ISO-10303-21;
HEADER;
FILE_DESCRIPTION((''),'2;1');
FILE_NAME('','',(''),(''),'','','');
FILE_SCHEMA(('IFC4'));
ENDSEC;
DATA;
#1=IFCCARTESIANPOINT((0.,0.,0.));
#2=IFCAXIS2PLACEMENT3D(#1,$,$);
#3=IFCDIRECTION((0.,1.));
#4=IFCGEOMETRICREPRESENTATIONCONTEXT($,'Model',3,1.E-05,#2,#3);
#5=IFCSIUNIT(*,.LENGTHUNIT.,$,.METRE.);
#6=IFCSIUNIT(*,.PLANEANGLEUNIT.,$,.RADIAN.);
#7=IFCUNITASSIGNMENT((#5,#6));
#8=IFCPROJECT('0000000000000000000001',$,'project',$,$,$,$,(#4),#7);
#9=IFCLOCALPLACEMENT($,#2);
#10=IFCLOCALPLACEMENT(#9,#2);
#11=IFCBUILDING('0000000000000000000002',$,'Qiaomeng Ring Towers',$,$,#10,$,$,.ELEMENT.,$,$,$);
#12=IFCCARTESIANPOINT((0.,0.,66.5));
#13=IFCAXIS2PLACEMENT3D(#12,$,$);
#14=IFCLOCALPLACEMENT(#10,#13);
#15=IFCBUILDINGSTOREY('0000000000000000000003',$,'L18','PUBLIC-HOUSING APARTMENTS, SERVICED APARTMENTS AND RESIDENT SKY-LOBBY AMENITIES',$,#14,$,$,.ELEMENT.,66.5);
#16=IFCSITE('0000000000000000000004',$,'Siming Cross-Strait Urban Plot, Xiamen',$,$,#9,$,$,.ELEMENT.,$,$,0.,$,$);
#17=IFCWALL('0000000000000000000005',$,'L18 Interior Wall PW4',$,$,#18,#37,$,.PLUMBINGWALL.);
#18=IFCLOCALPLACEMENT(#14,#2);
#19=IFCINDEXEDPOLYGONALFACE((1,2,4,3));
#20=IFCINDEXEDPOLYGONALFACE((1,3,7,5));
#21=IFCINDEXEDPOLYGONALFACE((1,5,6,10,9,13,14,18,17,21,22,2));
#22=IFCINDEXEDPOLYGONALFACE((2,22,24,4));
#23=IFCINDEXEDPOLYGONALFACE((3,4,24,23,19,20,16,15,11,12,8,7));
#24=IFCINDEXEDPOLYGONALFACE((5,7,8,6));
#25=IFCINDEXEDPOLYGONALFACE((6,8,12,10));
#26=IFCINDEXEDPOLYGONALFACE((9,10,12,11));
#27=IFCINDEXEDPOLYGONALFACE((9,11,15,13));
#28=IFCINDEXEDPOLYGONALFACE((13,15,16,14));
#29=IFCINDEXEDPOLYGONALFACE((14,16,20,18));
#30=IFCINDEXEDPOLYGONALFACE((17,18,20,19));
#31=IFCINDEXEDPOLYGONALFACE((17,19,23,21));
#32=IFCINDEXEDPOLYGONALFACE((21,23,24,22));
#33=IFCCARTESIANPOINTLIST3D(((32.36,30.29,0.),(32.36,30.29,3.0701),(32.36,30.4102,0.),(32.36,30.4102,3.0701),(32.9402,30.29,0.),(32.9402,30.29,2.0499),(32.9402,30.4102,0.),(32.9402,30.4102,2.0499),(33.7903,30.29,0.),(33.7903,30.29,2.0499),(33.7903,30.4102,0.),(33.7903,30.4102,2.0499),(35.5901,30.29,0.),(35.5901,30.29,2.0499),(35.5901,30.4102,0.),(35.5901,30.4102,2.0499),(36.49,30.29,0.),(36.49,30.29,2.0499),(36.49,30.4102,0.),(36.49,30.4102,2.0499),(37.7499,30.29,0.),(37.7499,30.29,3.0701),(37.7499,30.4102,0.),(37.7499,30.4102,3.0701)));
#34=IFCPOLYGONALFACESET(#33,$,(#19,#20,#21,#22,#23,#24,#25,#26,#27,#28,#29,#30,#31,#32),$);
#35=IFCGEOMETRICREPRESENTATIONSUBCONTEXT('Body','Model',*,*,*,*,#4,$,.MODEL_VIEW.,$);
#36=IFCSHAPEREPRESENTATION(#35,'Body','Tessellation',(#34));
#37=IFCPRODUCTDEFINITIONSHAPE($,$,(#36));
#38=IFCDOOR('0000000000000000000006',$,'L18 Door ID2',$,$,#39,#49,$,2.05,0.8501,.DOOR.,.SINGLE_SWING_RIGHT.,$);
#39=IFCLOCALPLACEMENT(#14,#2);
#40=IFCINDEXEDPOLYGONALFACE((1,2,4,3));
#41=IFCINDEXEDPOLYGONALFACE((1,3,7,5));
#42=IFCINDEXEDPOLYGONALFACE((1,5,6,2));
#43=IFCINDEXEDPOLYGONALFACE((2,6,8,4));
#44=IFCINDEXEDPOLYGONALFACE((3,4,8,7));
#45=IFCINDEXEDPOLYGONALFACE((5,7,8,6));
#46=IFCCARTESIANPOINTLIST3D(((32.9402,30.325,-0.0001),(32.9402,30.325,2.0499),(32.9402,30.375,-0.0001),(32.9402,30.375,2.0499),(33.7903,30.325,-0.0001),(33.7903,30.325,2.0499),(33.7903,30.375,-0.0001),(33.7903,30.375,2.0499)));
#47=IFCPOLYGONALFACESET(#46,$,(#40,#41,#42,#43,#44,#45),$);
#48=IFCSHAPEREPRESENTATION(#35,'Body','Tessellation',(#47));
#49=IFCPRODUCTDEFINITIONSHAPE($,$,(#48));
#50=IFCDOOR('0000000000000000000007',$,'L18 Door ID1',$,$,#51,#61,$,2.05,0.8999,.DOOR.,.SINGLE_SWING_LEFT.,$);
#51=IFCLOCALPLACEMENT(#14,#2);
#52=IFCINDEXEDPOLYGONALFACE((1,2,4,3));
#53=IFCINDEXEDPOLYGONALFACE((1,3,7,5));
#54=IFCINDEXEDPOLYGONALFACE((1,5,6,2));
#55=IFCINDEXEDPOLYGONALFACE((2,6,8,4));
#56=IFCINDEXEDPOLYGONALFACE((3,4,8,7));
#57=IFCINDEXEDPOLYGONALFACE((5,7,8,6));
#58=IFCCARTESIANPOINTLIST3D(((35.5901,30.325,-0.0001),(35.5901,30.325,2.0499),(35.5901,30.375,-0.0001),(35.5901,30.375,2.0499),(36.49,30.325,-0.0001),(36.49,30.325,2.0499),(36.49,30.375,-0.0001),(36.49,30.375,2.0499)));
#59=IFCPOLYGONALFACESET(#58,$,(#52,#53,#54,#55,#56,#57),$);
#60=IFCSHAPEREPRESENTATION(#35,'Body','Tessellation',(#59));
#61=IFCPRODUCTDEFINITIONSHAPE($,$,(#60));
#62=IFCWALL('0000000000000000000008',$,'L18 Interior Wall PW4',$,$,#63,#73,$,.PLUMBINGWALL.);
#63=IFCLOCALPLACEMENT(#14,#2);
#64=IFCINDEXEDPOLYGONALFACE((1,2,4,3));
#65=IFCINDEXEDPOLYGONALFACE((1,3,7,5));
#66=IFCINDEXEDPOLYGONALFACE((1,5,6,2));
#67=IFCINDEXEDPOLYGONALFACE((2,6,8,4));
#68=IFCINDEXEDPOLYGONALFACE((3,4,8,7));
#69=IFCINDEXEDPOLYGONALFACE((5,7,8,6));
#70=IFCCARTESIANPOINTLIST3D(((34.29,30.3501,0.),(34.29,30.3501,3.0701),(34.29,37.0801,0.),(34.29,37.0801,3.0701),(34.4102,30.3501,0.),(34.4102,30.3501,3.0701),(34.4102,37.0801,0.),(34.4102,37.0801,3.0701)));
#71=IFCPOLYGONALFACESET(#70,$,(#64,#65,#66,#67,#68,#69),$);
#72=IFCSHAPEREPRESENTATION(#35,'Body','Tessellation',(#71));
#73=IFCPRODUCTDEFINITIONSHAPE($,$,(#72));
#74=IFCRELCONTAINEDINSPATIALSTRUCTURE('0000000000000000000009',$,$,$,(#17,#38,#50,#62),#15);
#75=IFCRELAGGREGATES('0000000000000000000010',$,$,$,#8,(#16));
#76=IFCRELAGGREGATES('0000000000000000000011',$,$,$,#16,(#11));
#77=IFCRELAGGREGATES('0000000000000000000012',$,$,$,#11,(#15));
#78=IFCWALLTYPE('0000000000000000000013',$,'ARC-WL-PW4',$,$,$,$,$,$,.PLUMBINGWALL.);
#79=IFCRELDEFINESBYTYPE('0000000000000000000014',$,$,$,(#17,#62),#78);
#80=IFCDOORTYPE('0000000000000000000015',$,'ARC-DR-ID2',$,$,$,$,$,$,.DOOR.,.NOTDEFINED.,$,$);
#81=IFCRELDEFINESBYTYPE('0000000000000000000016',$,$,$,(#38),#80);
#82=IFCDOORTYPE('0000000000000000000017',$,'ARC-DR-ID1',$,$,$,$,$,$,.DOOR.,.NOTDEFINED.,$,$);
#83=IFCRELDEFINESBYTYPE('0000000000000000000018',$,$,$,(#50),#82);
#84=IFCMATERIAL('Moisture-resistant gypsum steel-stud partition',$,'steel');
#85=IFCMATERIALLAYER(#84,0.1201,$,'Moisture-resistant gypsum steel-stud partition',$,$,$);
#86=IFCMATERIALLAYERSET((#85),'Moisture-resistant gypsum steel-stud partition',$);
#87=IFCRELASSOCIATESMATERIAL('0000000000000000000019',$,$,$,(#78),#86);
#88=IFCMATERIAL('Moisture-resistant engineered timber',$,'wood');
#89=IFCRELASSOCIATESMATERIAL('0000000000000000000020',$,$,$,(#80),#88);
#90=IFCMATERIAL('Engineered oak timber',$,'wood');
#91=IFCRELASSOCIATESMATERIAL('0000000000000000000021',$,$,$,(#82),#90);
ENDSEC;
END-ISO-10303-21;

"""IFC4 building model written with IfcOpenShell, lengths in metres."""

from ifc_helpers import new_model, si_unit, direction, frame, frame_2d, origin, place, context, subcontext, project, spatial, rectangle, extrude, source, transform, mapped, material, layer, layer_set, type_object, element, fill, save


model = new_model("IFC4")

# Units and contexts
model_context = context("Model", 3, precision=1e-05, world=origin(), true_north=direction((0.0, 1.0)))
body_context = subcontext(model_context, "Body", "Model", "MODEL_VIEW")
ifc_project = project(units=[si_unit("LENGTHUNIT", "METRE"), si_unit("PLANEANGLEUNIT", "RADIAN")], contexts=[model_context])

# Site, building, storey
site_placement = place(None, origin())
site = spatial("IfcSite", under=ifc_project, at=site_placement, Name="Siming Cross-Strait Urban Plot, Xiamen", CompositionType="ELEMENT", RefElevation=0.0)
building_placement = place(site_placement, origin())
building = spatial("IfcBuilding", under=site, at=building_placement, Name="Qiaomeng Ring Towers", CompositionType="ELEMENT")
storey_placement = place(building_placement, frame((0.0, 0.0, 66.5)))
storey = spatial("IfcBuildingStorey", under=building, at=storey_placement, Name="L18", Description="PUBLIC-HOUSING APARTMENTS, SERVICED APARTMENTS AND RESIDENT SKY-LOBBY AMENITIES", CompositionType="ELEMENT", Elevation=66.5)

# Wall, openings, doors
ifc_material_1 = material(Name="Moisture-resistant gypsum steel-stud partition", Category="steel")
ifc_layer_1 = layer(ifc_material_1, 0.1201, Name="Moisture-resistant gypsum steel-stud partition")
ifc_layer_set_1 = layer_set([ifc_layer_1], Name="Moisture-resistant gypsum steel-stud partition")
wall_type_1 = type_object("IfcWallType", Name="ARC-WL-PW4", PredefinedType="PLUMBINGWALL", material=ifc_layer_set_1)
wall_1_placement = place(storey_placement, frame((32.3601, 30.3501, 0.0), z_axis=(0.0, 0.0, 1.0), x_axis=(1.0, 0.0, 0.0)))
wall_1 = element("IfcWall", 1, at=wall_1_placement, inside=storey, type_object=wall_type_1, Name="L18 Interior Wall PW4", PredefinedType="PLUMBINGWALL", context=body_context, shape_type="SweptSolid", body=[
    extrude(rectangle(XDim=5.3899, YDim=0.1201, at=frame_2d((2.6948, 0.0))), origin(), (0.0, 0.0, 1.0), 3.0701),
])
opening_1_placement = place(wall_1_placement, frame((0.5801, 0.0, 0.0)))
opening_1 = element("IfcOpeningElement", 2, at=opening_1_placement, cuts=wall_1, PredefinedType="OPENING", context=body_context, shape_type="SweptSolid", body=[
    extrude(rectangle(XDim=0.8501, YDim=2.05, at=frame_2d((0.425, 1.0249))), frame((0.0, 0.0701, 0.0), z_axis=(0.0, -1.0, 0.0), x_axis=(1.0, 0.0, 0.0)), (0.0, 0.0, 1.0), 0.1401),
])
opening_2_placement = place(wall_1_placement, frame((3.23, 0.0, 0.0)))
opening_2 = element("IfcOpeningElement", 3, at=opening_2_placement, cuts=wall_1, PredefinedType="OPENING", context=body_context, shape_type="SweptSolid", body=[
    extrude(rectangle(XDim=0.8999, YDim=2.05, at=frame_2d((0.45, 1.0249))), frame((0.0, 0.0701, 0.0), z_axis=(0.0, -1.0, 0.0), x_axis=(1.0, 0.0, 0.0)), (0.0, 0.0, 1.0), 0.1401),
])
ifc_material_2 = material(Name="Moisture-resistant engineered timber", Category="wood")
door_type_1 = type_object("IfcDoorType", Name="ARC-DR-ID2", OperationType="NOTDEFINED", PredefinedType="DOOR", material=ifc_material_2)
shared_shape_1 = source(origin(), body_context, "Body", "SweptSolid", [
    extrude(rectangle(XDim=0.8501, YDim=2.05, at=frame_2d((0.425, 1.0249))), frame((0.0, 0.0249, 0.0), z_axis=(0.0, -1.0, 0.0), x_axis=(1.0, 0.0, 0.0)), (0.0, 0.0, 1.0), 0.05),
])
door_1_placement = place(opening_1_placement, origin())
door_1 = element("IfcDoor", 4, at=door_1_placement, inside=storey, type_object=door_type_1, Name="L18 Door ID2", OperationType="SINGLE_SWING_RIGHT", OverallHeight=2.05, OverallWidth=0.8501, PredefinedType="DOOR", context=body_context, shape_type="MappedRepresentation", body=[
    mapped(shared_shape_1, transform((0.0, 0.0, 0.0), x_axis=(1.0, 0.0, 0.0), y_axis=(0.0, 1.0, 0.0), z_axis=(0.0, 0.0, 1.0), scale=1.0)),
])
fill(opening_1, door_1)
ifc_material_3 = material(Name="Engineered oak timber", Category="wood")
door_type_2 = type_object("IfcDoorType", Name="ARC-DR-ID1", OperationType="NOTDEFINED", PredefinedType="DOOR", material=ifc_material_3)
shared_shape_2 = source(origin(), body_context, "Body", "SweptSolid", [
    extrude(rectangle(XDim=0.8999, YDim=2.05, at=frame_2d((0.45, 1.0249))), frame((0.0, 0.0249, 0.0), z_axis=(0.0, -1.0, 0.0), x_axis=(1.0, 0.0, 0.0)), (0.0, 0.0, 1.0), 0.05),
])
door_2_placement = place(opening_2_placement, origin())
door_2 = element("IfcDoor", 5, at=door_2_placement, inside=storey, type_object=door_type_2, Name="L18 Door ID1", OperationType="SINGLE_SWING_LEFT", OverallHeight=2.05, OverallWidth=0.8999, PredefinedType="DOOR", context=body_context, shape_type="MappedRepresentation", body=[
    mapped(shared_shape_2, transform((0.0, 0.0, 0.0), x_axis=(1.0, 0.0, 0.0), y_axis=(0.0, 1.0, 0.0), z_axis=(0.0, 0.0, 1.0), scale=1.0)),
])
fill(opening_2, door_2)

# Wall
wall_2_placement = place(storey_placement, frame((34.3501, 30.3501, 0.0), z_axis=(0.0, 0.0, 1.0), x_axis=(0.0, 1.0, 0.0)))
element("IfcWall", 6, at=wall_2_placement, inside=storey, type_object=wall_type_1, Name="L18 Interior Wall PW4", PredefinedType="PLUMBINGWALL", context=body_context, shape_type="SweptSolid", body=[
    extrude(rectangle(XDim=6.73, YDim=0.1201, at=frame_2d((3.365, 0.0))), origin(), (0.0, 0.0, 1.0), 3.0701),
])

save(model, "model.ifc")
